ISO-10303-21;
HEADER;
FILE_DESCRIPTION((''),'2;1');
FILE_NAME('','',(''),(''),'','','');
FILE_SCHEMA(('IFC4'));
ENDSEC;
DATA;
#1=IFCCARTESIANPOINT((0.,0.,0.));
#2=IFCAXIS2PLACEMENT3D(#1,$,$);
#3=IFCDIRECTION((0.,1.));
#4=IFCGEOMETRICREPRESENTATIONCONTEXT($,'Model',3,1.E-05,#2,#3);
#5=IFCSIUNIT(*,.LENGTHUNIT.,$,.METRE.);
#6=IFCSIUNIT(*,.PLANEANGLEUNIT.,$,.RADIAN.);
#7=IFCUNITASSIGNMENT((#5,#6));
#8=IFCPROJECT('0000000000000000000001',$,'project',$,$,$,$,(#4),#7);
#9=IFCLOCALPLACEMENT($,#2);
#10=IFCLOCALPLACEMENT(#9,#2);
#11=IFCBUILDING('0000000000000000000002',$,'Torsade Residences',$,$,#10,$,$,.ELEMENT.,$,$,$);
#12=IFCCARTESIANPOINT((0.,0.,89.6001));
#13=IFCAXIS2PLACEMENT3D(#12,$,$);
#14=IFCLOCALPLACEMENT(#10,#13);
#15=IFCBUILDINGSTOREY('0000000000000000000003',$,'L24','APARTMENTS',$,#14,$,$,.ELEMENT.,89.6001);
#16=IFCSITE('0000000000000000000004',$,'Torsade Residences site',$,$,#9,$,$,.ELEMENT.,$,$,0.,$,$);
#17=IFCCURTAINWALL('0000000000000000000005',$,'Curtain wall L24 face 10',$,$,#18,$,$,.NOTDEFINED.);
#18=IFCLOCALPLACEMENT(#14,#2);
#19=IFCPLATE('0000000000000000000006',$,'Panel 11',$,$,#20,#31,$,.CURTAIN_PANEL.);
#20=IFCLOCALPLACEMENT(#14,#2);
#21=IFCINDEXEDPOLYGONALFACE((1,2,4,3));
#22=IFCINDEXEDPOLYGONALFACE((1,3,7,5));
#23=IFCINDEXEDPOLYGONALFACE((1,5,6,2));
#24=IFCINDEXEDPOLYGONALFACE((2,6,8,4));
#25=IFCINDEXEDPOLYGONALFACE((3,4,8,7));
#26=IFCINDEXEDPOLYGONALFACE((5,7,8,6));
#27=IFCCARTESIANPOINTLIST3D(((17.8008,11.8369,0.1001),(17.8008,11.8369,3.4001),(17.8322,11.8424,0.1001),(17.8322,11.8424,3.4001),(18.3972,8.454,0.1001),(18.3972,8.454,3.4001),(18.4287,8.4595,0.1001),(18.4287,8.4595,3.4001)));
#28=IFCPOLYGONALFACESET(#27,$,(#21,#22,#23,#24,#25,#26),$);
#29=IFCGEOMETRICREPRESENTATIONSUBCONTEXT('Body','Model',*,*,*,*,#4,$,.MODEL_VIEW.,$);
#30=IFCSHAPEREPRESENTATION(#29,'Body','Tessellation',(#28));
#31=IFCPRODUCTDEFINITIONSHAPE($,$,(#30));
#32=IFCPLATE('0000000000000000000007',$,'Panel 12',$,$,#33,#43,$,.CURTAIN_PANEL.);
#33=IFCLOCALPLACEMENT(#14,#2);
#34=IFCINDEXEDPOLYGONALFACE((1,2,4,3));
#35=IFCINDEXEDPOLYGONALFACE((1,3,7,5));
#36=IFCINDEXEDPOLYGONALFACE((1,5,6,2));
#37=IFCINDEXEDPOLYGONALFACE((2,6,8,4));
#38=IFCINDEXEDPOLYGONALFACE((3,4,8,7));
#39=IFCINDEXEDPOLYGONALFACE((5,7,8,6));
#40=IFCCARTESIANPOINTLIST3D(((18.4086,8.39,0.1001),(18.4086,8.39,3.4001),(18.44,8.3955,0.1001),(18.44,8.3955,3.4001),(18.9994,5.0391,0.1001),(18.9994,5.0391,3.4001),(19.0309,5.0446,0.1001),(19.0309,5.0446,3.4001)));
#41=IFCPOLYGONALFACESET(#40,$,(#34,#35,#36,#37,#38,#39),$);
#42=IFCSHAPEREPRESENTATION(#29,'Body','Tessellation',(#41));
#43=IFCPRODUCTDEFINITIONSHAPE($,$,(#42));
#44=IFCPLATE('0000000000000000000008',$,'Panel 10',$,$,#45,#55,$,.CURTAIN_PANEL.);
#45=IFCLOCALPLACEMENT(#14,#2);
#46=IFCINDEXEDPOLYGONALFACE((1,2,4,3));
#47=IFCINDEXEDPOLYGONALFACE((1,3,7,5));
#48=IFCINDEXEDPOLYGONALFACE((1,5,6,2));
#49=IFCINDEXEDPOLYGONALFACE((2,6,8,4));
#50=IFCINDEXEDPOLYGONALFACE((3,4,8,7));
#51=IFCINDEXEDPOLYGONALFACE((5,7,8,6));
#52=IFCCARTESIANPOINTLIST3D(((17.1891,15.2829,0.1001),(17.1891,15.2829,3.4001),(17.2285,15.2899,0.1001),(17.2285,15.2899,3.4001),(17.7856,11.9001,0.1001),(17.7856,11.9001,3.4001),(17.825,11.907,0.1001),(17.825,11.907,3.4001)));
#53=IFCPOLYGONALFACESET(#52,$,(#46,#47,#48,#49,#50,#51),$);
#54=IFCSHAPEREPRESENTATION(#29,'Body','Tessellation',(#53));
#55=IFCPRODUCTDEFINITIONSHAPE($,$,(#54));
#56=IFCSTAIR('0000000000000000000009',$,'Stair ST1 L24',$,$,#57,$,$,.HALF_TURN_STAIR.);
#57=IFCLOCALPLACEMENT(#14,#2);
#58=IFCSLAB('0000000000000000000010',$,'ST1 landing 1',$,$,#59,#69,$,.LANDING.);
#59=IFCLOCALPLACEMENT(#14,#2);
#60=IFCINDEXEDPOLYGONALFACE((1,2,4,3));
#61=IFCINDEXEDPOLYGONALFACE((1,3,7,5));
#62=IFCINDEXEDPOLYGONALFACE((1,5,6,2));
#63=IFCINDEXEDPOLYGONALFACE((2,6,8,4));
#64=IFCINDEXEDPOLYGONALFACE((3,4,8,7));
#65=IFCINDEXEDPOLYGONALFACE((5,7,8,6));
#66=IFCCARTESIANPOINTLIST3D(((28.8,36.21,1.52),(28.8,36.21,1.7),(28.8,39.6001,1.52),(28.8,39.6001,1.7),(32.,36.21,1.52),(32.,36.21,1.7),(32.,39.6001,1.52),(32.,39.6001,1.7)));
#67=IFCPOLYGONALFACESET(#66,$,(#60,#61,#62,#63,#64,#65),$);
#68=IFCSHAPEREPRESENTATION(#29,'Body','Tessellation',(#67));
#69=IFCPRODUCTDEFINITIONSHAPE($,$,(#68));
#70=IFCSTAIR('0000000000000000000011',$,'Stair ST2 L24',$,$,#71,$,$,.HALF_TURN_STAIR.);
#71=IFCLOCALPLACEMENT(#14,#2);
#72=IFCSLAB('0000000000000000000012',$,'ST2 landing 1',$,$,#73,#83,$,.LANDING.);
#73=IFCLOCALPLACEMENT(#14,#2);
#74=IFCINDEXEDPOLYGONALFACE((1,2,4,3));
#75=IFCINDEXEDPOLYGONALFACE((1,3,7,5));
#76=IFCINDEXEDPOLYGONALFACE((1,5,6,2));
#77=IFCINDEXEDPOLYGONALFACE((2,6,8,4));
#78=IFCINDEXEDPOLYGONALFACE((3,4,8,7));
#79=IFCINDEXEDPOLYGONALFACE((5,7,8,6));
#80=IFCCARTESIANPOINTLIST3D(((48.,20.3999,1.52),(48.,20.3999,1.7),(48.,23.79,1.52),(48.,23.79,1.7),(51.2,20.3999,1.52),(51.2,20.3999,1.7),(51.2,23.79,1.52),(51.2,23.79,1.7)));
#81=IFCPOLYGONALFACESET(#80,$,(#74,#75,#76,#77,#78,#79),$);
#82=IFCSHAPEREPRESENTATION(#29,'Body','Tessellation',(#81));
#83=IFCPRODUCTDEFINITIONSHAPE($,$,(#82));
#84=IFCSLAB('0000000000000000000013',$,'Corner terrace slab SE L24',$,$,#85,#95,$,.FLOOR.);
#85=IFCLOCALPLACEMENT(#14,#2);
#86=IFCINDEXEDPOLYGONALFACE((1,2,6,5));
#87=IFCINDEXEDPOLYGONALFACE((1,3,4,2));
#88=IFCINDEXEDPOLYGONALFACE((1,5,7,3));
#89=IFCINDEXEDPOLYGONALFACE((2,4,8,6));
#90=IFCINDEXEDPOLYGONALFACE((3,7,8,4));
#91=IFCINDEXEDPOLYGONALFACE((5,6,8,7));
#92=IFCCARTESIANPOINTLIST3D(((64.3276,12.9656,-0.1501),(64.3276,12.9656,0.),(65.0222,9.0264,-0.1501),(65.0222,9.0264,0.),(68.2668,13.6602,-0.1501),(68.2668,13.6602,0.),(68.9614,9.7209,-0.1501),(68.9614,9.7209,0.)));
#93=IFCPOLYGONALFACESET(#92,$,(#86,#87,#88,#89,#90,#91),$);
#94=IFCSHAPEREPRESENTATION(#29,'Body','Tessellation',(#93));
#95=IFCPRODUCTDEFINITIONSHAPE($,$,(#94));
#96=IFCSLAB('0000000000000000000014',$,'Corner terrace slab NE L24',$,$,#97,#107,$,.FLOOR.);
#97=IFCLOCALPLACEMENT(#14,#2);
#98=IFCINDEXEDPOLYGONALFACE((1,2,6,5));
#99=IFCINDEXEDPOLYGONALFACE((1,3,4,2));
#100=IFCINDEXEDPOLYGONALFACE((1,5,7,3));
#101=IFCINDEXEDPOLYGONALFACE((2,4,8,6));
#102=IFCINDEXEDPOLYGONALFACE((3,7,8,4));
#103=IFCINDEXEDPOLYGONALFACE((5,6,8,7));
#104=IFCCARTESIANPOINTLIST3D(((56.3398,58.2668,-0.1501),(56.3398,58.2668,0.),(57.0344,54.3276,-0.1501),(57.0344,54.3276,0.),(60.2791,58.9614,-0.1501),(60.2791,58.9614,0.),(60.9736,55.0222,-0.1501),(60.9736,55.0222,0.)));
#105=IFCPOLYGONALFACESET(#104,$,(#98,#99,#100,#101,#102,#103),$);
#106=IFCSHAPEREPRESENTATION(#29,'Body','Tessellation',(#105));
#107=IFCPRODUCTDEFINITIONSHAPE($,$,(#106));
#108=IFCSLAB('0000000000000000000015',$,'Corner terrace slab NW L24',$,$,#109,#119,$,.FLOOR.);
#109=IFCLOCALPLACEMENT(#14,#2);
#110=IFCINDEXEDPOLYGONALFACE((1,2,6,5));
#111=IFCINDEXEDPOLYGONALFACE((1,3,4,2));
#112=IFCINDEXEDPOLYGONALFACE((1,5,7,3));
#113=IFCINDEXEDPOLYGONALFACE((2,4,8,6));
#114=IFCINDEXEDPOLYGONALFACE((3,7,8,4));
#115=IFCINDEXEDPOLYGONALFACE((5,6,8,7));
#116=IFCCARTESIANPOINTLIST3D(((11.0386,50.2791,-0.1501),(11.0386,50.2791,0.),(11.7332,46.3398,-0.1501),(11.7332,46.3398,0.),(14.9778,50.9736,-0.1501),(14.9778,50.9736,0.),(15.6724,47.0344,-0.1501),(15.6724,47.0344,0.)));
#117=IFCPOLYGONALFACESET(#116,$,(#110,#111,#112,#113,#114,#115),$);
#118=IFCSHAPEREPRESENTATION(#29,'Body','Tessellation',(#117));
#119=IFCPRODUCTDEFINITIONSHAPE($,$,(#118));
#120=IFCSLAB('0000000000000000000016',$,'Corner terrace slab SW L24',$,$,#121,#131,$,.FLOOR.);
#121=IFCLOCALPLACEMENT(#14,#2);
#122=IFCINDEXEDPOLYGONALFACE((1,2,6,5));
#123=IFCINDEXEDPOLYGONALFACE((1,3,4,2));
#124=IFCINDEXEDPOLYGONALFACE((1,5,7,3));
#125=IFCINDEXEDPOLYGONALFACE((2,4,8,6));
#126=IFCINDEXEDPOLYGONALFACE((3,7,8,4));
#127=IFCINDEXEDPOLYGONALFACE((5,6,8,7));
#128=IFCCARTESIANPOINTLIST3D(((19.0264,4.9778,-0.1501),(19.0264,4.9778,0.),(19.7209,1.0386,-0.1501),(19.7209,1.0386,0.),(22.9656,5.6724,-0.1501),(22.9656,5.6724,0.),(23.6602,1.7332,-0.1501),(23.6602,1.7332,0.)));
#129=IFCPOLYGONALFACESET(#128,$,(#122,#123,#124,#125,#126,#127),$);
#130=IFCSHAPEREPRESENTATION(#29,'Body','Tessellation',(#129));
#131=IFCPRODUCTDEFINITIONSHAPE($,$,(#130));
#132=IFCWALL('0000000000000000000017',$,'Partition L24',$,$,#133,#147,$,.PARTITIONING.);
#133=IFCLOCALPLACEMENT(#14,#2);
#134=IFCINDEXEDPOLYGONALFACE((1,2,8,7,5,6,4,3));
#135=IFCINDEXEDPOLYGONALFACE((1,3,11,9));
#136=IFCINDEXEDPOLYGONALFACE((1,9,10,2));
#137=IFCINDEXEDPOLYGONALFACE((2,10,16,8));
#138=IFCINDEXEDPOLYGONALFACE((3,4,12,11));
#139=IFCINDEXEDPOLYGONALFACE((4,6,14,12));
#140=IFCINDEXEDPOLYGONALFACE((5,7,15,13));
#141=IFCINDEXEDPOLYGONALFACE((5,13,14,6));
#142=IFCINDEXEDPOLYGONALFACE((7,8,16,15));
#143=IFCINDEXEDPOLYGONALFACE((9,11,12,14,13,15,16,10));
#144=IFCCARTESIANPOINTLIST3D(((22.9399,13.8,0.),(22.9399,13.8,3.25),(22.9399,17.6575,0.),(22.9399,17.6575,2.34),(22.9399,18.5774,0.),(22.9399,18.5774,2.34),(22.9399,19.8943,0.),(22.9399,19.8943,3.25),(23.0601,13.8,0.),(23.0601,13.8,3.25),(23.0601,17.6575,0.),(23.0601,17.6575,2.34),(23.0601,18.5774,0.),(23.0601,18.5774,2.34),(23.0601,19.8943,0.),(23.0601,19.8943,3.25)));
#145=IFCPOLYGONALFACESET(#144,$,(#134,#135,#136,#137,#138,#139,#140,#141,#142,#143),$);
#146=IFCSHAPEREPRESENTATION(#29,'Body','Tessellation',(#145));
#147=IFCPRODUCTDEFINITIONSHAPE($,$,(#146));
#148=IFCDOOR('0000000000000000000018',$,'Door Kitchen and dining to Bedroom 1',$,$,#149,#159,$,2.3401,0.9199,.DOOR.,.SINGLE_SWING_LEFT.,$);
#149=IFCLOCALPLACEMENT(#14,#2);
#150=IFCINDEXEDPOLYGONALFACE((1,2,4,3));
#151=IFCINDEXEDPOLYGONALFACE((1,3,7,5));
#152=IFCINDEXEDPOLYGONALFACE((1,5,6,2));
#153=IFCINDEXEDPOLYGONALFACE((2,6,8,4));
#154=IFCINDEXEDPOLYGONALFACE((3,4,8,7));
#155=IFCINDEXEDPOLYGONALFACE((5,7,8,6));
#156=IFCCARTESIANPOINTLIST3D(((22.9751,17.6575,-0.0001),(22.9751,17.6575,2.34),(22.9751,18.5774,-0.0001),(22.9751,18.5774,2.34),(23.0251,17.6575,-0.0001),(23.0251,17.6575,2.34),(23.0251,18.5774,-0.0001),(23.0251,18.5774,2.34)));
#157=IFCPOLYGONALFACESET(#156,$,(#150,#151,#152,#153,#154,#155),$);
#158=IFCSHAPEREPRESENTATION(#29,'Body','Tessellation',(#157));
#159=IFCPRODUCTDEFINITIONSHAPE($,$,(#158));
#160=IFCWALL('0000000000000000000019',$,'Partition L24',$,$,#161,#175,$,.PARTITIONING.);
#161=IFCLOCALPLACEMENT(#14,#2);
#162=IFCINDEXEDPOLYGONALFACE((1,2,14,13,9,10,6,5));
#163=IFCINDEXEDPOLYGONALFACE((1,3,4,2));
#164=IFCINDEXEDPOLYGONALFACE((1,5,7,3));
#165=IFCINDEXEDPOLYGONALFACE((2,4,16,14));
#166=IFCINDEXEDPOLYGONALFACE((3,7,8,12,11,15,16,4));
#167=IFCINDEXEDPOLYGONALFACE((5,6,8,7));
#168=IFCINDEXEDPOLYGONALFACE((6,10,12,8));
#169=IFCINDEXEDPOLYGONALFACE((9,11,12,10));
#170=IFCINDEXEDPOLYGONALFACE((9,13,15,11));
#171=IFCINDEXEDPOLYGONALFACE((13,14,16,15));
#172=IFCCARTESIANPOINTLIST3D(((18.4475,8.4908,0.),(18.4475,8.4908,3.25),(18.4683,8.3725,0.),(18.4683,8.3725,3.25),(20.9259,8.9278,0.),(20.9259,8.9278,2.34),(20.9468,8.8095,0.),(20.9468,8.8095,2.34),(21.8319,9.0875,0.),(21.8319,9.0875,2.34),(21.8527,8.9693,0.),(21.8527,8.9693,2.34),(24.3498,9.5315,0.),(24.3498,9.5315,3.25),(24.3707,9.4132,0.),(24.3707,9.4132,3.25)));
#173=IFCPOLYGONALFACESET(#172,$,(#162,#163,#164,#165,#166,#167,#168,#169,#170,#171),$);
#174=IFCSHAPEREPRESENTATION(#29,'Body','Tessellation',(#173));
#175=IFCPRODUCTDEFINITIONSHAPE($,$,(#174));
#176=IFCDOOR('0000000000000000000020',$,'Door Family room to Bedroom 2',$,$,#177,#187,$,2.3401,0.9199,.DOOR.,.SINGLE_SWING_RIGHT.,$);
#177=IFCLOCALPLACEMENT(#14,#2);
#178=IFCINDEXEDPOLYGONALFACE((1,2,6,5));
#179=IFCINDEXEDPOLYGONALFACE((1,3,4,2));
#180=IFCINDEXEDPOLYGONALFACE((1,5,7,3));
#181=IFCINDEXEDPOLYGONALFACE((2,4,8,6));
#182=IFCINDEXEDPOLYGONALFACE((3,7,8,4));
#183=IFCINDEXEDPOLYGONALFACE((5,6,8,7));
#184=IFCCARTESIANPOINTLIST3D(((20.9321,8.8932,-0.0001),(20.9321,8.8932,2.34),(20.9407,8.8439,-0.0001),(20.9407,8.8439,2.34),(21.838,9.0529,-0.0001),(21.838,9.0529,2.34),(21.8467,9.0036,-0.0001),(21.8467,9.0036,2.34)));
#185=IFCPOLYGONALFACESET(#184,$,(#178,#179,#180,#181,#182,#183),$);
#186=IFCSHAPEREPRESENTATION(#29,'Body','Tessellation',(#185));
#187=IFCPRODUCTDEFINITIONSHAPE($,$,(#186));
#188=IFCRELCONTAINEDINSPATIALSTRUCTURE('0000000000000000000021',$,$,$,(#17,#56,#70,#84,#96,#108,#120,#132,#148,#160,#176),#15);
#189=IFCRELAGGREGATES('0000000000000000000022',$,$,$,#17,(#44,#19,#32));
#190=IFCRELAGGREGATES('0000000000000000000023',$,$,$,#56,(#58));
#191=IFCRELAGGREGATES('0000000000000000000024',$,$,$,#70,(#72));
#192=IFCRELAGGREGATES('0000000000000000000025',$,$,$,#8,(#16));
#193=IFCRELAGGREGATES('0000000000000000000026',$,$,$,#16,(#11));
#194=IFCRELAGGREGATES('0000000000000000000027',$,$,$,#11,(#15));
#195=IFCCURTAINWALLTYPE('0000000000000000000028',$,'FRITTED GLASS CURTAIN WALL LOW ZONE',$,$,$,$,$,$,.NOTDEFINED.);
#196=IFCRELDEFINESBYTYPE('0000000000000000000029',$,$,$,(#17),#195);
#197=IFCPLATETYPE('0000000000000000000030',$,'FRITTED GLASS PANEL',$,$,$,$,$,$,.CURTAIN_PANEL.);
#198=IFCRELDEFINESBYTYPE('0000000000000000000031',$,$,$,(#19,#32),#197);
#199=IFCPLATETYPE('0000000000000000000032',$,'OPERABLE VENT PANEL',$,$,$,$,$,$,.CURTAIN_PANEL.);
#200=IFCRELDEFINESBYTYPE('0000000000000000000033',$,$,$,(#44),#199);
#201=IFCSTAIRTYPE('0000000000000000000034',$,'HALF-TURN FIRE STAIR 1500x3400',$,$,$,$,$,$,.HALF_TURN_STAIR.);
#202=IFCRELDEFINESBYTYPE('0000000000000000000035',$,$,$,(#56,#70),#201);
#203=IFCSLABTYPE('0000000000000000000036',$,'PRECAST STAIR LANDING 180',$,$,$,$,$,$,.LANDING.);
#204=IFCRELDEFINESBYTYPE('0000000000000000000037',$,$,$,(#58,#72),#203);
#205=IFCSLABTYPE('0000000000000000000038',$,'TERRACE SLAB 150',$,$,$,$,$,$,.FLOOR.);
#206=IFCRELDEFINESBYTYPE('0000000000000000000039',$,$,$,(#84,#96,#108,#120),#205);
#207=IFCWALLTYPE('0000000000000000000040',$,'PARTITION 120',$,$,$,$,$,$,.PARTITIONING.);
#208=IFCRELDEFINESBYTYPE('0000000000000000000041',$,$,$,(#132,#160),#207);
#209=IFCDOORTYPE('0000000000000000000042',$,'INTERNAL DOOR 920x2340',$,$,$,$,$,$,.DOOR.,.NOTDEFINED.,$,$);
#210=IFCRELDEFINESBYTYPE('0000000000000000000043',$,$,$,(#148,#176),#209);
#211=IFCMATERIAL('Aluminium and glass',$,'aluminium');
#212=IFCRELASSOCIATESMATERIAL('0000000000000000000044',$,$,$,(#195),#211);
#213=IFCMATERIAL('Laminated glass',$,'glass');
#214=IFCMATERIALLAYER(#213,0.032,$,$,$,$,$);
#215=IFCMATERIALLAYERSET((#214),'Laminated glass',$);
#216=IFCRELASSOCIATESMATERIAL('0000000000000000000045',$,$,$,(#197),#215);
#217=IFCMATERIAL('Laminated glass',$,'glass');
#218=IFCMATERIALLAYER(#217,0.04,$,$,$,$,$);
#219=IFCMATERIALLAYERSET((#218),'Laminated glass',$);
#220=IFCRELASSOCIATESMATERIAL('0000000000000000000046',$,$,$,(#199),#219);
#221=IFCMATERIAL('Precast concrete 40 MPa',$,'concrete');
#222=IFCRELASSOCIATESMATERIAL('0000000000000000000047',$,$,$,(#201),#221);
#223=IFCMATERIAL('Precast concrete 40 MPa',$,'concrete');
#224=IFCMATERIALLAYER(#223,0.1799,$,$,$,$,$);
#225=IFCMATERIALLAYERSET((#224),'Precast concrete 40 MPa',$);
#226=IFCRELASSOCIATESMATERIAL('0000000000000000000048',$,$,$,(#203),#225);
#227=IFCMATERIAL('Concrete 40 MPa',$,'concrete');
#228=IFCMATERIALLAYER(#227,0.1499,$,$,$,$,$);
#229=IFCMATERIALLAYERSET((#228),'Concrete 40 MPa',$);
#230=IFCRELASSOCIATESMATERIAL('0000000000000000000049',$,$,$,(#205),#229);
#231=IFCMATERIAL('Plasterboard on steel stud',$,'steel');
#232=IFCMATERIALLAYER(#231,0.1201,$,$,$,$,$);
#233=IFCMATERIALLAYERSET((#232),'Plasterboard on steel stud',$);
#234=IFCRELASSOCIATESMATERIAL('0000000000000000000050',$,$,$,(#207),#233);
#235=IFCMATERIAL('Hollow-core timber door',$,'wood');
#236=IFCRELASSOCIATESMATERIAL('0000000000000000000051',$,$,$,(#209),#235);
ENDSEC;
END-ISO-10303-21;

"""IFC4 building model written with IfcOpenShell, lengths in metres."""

from ifc_helpers import new_model, si_unit, direction, frame, frame_2d, origin, origin_2d, place, context, subcontext, project, spatial, polyline, rectangle, outline, extrude, material, layer, layer_set, type_object, element, fill, aggregate, save


model = new_model("IFC4")

# Units and contexts
model_context = context("Model", 3, precision=1e-05, world=origin(), true_north=direction((0.0, 1.0)))
body_context = subcontext(model_context, "Body", "Model", "MODEL_VIEW")
ifc_project = project(units=[si_unit("LENGTHUNIT", "METRE"), si_unit("PLANEANGLEUNIT", "RADIAN")], contexts=[model_context])

# Site, building, storey
site_placement = place(None, origin())
site = spatial("IfcSite", under=ifc_project, at=site_placement, Name="Torsade Residences site", CompositionType="ELEMENT", RefElevation=0.0)
building_placement = place(site_placement, origin())
building = spatial("IfcBuilding", under=site, at=building_placement, Name="Torsade Residences", CompositionType="ELEMENT")
storey_placement = place(building_placement, frame((0.0, 0.0, 89.6001)))
storey = spatial("IfcBuildingStorey", under=building, at=storey_placement, Name="L24", Description="APARTMENTS", CompositionType="ELEMENT", Elevation=89.6001)

# Curtain wall
ifc_material_1 = material(Name="Aluminium and glass", Category="aluminium")
curtain_wall_type = type_object("IfcCurtainWallType", Name="FRITTED GLASS CURTAIN WALL LOW ZONE", PredefinedType="NOTDEFINED", material=ifc_material_1)
curtain_wall_placement = place(storey_placement, origin())
curtain_wall = element("IfcCurtainWall", 1, at=curtain_wall_placement, inside=storey, type_object=curtain_wall_type, Name="Curtain wall L24 face 10", PredefinedType="NOTDEFINED")

# Plates
ifc_material_2 = material(Name="Laminated glass", Category="glass")
ifc_layer_1 = layer(ifc_material_2, 0.032)
ifc_layer_set_1 = layer_set([ifc_layer_1], Name="Laminated glass")
plate_type_1 = type_object("IfcPlateType", Name="FRITTED GLASS PANEL", PredefinedType="CURTAIN_PANEL", material=ifc_layer_set_1)
plate_1_placement = place(storey_placement, frame((18.1147, 10.1482, 0.1001), z_axis=(0.0, 0.0, 1.0), x_axis=(0.173648, -0.984808, 0.0)))
plate_1 = element("IfcPlate", 2, at=plate_1_placement, type_object=plate_type_1, Name="Panel 11", PredefinedType="CURTAIN_PANEL", context=body_context, shape_type="SweptSolid", body=[
    extrude(rectangle(XDim=3.4351, YDim=0.032, at=origin_2d()), origin(), (0.0, 0.0, 1.0), 3.3),
])
plate_2_placement = place(storey_placement, frame((18.7197, 6.7173, 0.1001), z_axis=(0.0, 0.0, 1.0), x_axis=(0.173648, -0.984808, 0.0)))
plate_2 = element("IfcPlate", 3, at=plate_2_placement, type_object=plate_type_1, Name="Panel 12", PredefinedType="CURTAIN_PANEL", context=body_context, shape_type="SweptSolid", body=[
    extrude(rectangle(XDim=3.4026, YDim=0.032, at=origin_2d()), origin(), (0.0, 0.0, 1.0), 3.3),
])
ifc_material_3 = material(Name="Laminated glass", Category="glass")
ifc_layer_2 = layer(ifc_material_3, 0.04)
ifc_layer_set_2 = layer_set([ifc_layer_2], Name="Laminated glass")
plate_type_2 = type_object("IfcPlateType", Name="OPERABLE VENT PANEL", PredefinedType="CURTAIN_PANEL", material=ifc_layer_set_2)
plate_3_placement = place(storey_placement, frame((17.5071, 13.595, 0.1001), z_axis=(0.0, 0.0, 1.0), x_axis=(0.173648, -0.984808, 0.0)))
plate_3 = element("IfcPlate", 4, at=plate_3_placement, type_object=plate_type_2, Name="Panel 10", PredefinedType="CURTAIN_PANEL", context=body_context, shape_type="SweptSolid", body=[
    extrude(rectangle(XDim=3.4351, YDim=0.04, at=origin_2d()), origin(), (0.0, 0.0, 1.0), 3.3),
])
aggregate(curtain_wall, [plate_3, plate_1, plate_2])

# Stairs, slabs
ifc_material_4 = material(Name="Precast concrete 40 MPa", Category="concrete")
stair_type = type_object("IfcStairType", Name="HALF-TURN FIRE STAIR 1500x3400", PredefinedType="HALF_TURN_STAIR", material=ifc_material_4)
stair_1_placement = place(storey_placement, origin())
stair_1 = element("IfcStair", 5, at=stair_1_placement, inside=storey, type_object=stair_type, Name="Stair ST1 L24", PredefinedType="HALF_TURN_STAIR")
ifc_material_5 = material(Name="Precast concrete 40 MPa", Category="concrete")
ifc_layer_3 = layer(ifc_material_5, 0.1799)
ifc_layer_set_3 = layer_set([ifc_layer_3], Name="Precast concrete 40 MPa")
slab_type_1 = type_object("IfcSlabType", Name="PRECAST STAIR LANDING 180", PredefinedType="LANDING", material=ifc_layer_set_3)
slab_1_placement = place(storey_placement, frame((0.0, 0.0, 1.52)))
slab_1 = element("IfcSlab", 6, at=slab_1_placement, type_object=slab_type_1, Name="ST1 landing 1", PredefinedType="LANDING", context=body_context, shape_type="SweptSolid", body=[
    extrude(outline(polyline([(28.8, 36.21), (32.0, 36.21), (32.0, 39.6001), (28.8, 39.6001), (28.8, 36.21)])), origin(), (0.0, 0.0, 1.0), 0.1799),
])
aggregate(stair_1, [slab_1])
stair_2_placement = place(storey_placement, origin())
stair_2 = element("IfcStair", 7, at=stair_2_placement, inside=storey, type_object=stair_type, Name="Stair ST2 L24", PredefinedType="HALF_TURN_STAIR")
slab_2_placement = place(storey_placement, frame((0.0, 0.0, 1.52)))
slab_2 = element("IfcSlab", 8, at=slab_2_placement, type_object=slab_type_1, Name="ST2 landing 1", PredefinedType="LANDING", context=body_context, shape_type="SweptSolid", body=[
    extrude(outline(polyline([(48.0, 20.3999), (51.2, 20.3999), (51.2, 23.79), (48.0, 23.79), (48.0, 20.3999)])), origin(), (0.0, 0.0, 1.0), 0.1799),
])
aggregate(stair_2, [slab_2])

# Slabs
ifc_material_6 = material(Name="Concrete 40 MPa", Category="concrete")
ifc_layer_4 = layer(ifc_material_6, 0.1499)
ifc_layer_set_4 = layer_set([ifc_layer_4], Name="Concrete 40 MPa")
slab_type_2 = type_object("IfcSlabType", Name="TERRACE SLAB 150", PredefinedType="FLOOR", material=ifc_layer_set_4)
slab_3_placement = place(storey_placement, frame((0.0, 0.0, -0.1501)))
element("IfcSlab", 9, at=slab_3_placement, inside=storey, type_object=slab_type_2, Name="Corner terrace slab SE L24", PredefinedType="FLOOR", context=body_context, shape_type="SweptSolid", body=[
    extrude(outline(polyline([(65.0222, 9.0264), (68.9614, 9.7209), (68.2668, 13.6602), (64.3276, 12.9656), (65.0222, 9.0264)])), origin(), (0.0, 0.0, 1.0), 0.1501),
])
slab_4_placement = place(storey_placement, frame((0.0, 0.0, -0.1501)))
element("IfcSlab", 10, at=slab_4_placement, inside=storey, type_object=slab_type_2, Name="Corner terrace slab NE L24", PredefinedType="FLOOR", context=body_context, shape_type="SweptSolid", body=[
    extrude(outline(polyline([(57.0344, 54.3276), (60.9736, 55.0222), (60.2791, 58.9614), (56.3398, 58.2668), (57.0344, 54.3276)])), origin(), (0.0, 0.0, 1.0), 0.1501),
])
slab_5_placement = place(storey_placement, frame((0.0, 0.0, -0.1501)))
element("IfcSlab", 11, at=slab_5_placement, inside=storey, type_object=slab_type_2, Name="Corner terrace slab NW L24", PredefinedType="FLOOR", context=body_context, shape_type="SweptSolid", body=[
    extrude(outline(polyline([(11.7332, 46.3398), (15.6724, 47.0344), (14.9778, 50.9736), (11.0386, 50.2791), (11.7332, 46.3398)])), origin(), (0.0, 0.0, 1.0), 0.1501),
])
slab_6_placement = place(storey_placement, frame((0.0, 0.0, -0.1501)))
element("IfcSlab", 12, at=slab_6_placement, inside=storey, type_object=slab_type_2, Name="Corner terrace slab SW L24", PredefinedType="FLOOR", context=body_context, shape_type="SweptSolid", body=[
    extrude(outline(polyline([(19.7209, 1.0386), (23.6602, 1.7332), (22.9656, 5.6724), (19.0264, 4.9778), (19.7209, 1.0386)])), origin(), (0.0, 0.0, 1.0), 0.1501),
])

# Walls, openings, doors
ifc_material_7 = material(Name="Plasterboard on steel stud", Category="steel")
ifc_layer_5 = layer(ifc_material_7, 0.1201)
ifc_layer_set_5 = layer_set([ifc_layer_5], Name="Plasterboard on steel stud")
wall_type_1 = type_object("IfcWallType", Name="PARTITION 120", PredefinedType="PARTITIONING", material=ifc_layer_set_5)
wall_1_placement = place(storey_placement, frame((23.0, 13.8, 0.0), z_axis=(0.0, 0.0, 1.0), x_axis=(0.0, 1.0, 0.0)))
wall_1 = element("IfcWall", 13, at=wall_1_placement, inside=storey, type_object=wall_type_1, Name="Partition L24", PredefinedType="PARTITIONING", context=body_context, shape_type="SweptSolid", body=[
    extrude(rectangle(XDim=6.0942, YDim=0.1201, at=frame_2d((3.0471, 0.0))), origin(), (0.0, 0.0, 1.0), 3.25),
])
opening_1_placement = place(wall_1_placement, frame((3.8574, 0.0, 0.0)))
opening_1 = element("IfcOpeningElement", 14, at=opening_1_placement, cuts=wall_1, PredefinedType="OPENING", context=body_context, shape_type="SweptSolid", body=[
    extrude(rectangle(XDim=0.9199, YDim=2.3401, at=frame_2d((0.46, 1.1699))), frame((0.0, 0.0701, 0.0), z_axis=(0.0, -1.0, 0.0), x_axis=(1.0, 0.0, 0.0)), (0.0, 0.0, 1.0), 0.1401),
])
ifc_material_8 = material(Name="Hollow-core timber door", Category="wood")
door_type_1 = type_object("IfcDoorType", Name="INTERNAL DOOR 920x2340", OperationType="NOTDEFINED", PredefinedType="DOOR", material=ifc_material_8)
door_1_placement = place(opening_1_placement, origin())
door_1 = element("IfcDoor", 15, at=door_1_placement, inside=storey, type_object=door_type_1, Name="Door Kitchen and dining to Bedroom 1", OperationType="SINGLE_SWING_LEFT", OverallHeight=2.3401, OverallWidth=0.9199, PredefinedType="DOOR", context=body_context, shape_type="SweptSolid", body=[
    extrude(rectangle(XDim=0.9199, YDim=2.3401, at=frame_2d((0.46, 1.1699))), frame((0.0, 0.0249, 0.0), z_axis=(0.0, -1.0, 0.0), x_axis=(1.0, 0.0, 0.0)), (0.0, 0.0, 1.0), 0.05),
])
fill(opening_1, door_1)
wall_2_placement = place(storey_placement, frame((18.458, 8.4316, 0.0), z_axis=(0.0, 0.0, 1.0), x_axis=(0.984807, 0.173653, 0.0)))
wall_2 = element("IfcWall", 16, at=wall_2_placement, inside=storey, type_object=wall_type_1, Name="Partition L24", PredefinedType="PARTITIONING", context=body_context, shape_type="SweptSolid", body=[
    extrude(rectangle(XDim=5.9934, YDim=0.1201, at=frame_2d((2.9966, 0.0))), origin(), (0.0, 0.0, 1.0), 3.25),
])
opening_2_placement = place(wall_2_placement, frame((2.5166, 0.0, 0.0)))
opening_2 = element("IfcOpeningElement", 17, at=opening_2_placement, cuts=wall_2, PredefinedType="OPENING", context=body_context, shape_type="SweptSolid", body=[
    extrude(rectangle(XDim=0.9199, YDim=2.3401, at=frame_2d((0.46, 1.1699))), frame((0.0, 0.0701, 0.0), z_axis=(0.0, -1.0, 0.0), x_axis=(1.0, 0.0, 0.0)), (0.0, 0.0, 1.0), 0.1401),
])
door_2_placement = place(opening_2_placement, origin())
door_2 = element("IfcDoor", 18, at=door_2_placement, inside=storey, type_object=door_type_1, Name="Door Family room to Bedroom 2", OperationType="SINGLE_SWING_RIGHT", OverallHeight=2.3401, OverallWidth=0.9199, PredefinedType="DOOR", context=body_context, shape_type="SweptSolid", body=[
    extrude(rectangle(XDim=0.9199, YDim=2.3401, at=frame_2d((0.46, 1.1699))), frame((0.0, 0.0249, 0.0), z_axis=(0.0, -1.0, 0.0), x_axis=(1.0, 0.0, 0.0)), (0.0, 0.0, 1.0), 0.05),
])
fill(opening_2, door_2)

save(model, "model.ifc")
